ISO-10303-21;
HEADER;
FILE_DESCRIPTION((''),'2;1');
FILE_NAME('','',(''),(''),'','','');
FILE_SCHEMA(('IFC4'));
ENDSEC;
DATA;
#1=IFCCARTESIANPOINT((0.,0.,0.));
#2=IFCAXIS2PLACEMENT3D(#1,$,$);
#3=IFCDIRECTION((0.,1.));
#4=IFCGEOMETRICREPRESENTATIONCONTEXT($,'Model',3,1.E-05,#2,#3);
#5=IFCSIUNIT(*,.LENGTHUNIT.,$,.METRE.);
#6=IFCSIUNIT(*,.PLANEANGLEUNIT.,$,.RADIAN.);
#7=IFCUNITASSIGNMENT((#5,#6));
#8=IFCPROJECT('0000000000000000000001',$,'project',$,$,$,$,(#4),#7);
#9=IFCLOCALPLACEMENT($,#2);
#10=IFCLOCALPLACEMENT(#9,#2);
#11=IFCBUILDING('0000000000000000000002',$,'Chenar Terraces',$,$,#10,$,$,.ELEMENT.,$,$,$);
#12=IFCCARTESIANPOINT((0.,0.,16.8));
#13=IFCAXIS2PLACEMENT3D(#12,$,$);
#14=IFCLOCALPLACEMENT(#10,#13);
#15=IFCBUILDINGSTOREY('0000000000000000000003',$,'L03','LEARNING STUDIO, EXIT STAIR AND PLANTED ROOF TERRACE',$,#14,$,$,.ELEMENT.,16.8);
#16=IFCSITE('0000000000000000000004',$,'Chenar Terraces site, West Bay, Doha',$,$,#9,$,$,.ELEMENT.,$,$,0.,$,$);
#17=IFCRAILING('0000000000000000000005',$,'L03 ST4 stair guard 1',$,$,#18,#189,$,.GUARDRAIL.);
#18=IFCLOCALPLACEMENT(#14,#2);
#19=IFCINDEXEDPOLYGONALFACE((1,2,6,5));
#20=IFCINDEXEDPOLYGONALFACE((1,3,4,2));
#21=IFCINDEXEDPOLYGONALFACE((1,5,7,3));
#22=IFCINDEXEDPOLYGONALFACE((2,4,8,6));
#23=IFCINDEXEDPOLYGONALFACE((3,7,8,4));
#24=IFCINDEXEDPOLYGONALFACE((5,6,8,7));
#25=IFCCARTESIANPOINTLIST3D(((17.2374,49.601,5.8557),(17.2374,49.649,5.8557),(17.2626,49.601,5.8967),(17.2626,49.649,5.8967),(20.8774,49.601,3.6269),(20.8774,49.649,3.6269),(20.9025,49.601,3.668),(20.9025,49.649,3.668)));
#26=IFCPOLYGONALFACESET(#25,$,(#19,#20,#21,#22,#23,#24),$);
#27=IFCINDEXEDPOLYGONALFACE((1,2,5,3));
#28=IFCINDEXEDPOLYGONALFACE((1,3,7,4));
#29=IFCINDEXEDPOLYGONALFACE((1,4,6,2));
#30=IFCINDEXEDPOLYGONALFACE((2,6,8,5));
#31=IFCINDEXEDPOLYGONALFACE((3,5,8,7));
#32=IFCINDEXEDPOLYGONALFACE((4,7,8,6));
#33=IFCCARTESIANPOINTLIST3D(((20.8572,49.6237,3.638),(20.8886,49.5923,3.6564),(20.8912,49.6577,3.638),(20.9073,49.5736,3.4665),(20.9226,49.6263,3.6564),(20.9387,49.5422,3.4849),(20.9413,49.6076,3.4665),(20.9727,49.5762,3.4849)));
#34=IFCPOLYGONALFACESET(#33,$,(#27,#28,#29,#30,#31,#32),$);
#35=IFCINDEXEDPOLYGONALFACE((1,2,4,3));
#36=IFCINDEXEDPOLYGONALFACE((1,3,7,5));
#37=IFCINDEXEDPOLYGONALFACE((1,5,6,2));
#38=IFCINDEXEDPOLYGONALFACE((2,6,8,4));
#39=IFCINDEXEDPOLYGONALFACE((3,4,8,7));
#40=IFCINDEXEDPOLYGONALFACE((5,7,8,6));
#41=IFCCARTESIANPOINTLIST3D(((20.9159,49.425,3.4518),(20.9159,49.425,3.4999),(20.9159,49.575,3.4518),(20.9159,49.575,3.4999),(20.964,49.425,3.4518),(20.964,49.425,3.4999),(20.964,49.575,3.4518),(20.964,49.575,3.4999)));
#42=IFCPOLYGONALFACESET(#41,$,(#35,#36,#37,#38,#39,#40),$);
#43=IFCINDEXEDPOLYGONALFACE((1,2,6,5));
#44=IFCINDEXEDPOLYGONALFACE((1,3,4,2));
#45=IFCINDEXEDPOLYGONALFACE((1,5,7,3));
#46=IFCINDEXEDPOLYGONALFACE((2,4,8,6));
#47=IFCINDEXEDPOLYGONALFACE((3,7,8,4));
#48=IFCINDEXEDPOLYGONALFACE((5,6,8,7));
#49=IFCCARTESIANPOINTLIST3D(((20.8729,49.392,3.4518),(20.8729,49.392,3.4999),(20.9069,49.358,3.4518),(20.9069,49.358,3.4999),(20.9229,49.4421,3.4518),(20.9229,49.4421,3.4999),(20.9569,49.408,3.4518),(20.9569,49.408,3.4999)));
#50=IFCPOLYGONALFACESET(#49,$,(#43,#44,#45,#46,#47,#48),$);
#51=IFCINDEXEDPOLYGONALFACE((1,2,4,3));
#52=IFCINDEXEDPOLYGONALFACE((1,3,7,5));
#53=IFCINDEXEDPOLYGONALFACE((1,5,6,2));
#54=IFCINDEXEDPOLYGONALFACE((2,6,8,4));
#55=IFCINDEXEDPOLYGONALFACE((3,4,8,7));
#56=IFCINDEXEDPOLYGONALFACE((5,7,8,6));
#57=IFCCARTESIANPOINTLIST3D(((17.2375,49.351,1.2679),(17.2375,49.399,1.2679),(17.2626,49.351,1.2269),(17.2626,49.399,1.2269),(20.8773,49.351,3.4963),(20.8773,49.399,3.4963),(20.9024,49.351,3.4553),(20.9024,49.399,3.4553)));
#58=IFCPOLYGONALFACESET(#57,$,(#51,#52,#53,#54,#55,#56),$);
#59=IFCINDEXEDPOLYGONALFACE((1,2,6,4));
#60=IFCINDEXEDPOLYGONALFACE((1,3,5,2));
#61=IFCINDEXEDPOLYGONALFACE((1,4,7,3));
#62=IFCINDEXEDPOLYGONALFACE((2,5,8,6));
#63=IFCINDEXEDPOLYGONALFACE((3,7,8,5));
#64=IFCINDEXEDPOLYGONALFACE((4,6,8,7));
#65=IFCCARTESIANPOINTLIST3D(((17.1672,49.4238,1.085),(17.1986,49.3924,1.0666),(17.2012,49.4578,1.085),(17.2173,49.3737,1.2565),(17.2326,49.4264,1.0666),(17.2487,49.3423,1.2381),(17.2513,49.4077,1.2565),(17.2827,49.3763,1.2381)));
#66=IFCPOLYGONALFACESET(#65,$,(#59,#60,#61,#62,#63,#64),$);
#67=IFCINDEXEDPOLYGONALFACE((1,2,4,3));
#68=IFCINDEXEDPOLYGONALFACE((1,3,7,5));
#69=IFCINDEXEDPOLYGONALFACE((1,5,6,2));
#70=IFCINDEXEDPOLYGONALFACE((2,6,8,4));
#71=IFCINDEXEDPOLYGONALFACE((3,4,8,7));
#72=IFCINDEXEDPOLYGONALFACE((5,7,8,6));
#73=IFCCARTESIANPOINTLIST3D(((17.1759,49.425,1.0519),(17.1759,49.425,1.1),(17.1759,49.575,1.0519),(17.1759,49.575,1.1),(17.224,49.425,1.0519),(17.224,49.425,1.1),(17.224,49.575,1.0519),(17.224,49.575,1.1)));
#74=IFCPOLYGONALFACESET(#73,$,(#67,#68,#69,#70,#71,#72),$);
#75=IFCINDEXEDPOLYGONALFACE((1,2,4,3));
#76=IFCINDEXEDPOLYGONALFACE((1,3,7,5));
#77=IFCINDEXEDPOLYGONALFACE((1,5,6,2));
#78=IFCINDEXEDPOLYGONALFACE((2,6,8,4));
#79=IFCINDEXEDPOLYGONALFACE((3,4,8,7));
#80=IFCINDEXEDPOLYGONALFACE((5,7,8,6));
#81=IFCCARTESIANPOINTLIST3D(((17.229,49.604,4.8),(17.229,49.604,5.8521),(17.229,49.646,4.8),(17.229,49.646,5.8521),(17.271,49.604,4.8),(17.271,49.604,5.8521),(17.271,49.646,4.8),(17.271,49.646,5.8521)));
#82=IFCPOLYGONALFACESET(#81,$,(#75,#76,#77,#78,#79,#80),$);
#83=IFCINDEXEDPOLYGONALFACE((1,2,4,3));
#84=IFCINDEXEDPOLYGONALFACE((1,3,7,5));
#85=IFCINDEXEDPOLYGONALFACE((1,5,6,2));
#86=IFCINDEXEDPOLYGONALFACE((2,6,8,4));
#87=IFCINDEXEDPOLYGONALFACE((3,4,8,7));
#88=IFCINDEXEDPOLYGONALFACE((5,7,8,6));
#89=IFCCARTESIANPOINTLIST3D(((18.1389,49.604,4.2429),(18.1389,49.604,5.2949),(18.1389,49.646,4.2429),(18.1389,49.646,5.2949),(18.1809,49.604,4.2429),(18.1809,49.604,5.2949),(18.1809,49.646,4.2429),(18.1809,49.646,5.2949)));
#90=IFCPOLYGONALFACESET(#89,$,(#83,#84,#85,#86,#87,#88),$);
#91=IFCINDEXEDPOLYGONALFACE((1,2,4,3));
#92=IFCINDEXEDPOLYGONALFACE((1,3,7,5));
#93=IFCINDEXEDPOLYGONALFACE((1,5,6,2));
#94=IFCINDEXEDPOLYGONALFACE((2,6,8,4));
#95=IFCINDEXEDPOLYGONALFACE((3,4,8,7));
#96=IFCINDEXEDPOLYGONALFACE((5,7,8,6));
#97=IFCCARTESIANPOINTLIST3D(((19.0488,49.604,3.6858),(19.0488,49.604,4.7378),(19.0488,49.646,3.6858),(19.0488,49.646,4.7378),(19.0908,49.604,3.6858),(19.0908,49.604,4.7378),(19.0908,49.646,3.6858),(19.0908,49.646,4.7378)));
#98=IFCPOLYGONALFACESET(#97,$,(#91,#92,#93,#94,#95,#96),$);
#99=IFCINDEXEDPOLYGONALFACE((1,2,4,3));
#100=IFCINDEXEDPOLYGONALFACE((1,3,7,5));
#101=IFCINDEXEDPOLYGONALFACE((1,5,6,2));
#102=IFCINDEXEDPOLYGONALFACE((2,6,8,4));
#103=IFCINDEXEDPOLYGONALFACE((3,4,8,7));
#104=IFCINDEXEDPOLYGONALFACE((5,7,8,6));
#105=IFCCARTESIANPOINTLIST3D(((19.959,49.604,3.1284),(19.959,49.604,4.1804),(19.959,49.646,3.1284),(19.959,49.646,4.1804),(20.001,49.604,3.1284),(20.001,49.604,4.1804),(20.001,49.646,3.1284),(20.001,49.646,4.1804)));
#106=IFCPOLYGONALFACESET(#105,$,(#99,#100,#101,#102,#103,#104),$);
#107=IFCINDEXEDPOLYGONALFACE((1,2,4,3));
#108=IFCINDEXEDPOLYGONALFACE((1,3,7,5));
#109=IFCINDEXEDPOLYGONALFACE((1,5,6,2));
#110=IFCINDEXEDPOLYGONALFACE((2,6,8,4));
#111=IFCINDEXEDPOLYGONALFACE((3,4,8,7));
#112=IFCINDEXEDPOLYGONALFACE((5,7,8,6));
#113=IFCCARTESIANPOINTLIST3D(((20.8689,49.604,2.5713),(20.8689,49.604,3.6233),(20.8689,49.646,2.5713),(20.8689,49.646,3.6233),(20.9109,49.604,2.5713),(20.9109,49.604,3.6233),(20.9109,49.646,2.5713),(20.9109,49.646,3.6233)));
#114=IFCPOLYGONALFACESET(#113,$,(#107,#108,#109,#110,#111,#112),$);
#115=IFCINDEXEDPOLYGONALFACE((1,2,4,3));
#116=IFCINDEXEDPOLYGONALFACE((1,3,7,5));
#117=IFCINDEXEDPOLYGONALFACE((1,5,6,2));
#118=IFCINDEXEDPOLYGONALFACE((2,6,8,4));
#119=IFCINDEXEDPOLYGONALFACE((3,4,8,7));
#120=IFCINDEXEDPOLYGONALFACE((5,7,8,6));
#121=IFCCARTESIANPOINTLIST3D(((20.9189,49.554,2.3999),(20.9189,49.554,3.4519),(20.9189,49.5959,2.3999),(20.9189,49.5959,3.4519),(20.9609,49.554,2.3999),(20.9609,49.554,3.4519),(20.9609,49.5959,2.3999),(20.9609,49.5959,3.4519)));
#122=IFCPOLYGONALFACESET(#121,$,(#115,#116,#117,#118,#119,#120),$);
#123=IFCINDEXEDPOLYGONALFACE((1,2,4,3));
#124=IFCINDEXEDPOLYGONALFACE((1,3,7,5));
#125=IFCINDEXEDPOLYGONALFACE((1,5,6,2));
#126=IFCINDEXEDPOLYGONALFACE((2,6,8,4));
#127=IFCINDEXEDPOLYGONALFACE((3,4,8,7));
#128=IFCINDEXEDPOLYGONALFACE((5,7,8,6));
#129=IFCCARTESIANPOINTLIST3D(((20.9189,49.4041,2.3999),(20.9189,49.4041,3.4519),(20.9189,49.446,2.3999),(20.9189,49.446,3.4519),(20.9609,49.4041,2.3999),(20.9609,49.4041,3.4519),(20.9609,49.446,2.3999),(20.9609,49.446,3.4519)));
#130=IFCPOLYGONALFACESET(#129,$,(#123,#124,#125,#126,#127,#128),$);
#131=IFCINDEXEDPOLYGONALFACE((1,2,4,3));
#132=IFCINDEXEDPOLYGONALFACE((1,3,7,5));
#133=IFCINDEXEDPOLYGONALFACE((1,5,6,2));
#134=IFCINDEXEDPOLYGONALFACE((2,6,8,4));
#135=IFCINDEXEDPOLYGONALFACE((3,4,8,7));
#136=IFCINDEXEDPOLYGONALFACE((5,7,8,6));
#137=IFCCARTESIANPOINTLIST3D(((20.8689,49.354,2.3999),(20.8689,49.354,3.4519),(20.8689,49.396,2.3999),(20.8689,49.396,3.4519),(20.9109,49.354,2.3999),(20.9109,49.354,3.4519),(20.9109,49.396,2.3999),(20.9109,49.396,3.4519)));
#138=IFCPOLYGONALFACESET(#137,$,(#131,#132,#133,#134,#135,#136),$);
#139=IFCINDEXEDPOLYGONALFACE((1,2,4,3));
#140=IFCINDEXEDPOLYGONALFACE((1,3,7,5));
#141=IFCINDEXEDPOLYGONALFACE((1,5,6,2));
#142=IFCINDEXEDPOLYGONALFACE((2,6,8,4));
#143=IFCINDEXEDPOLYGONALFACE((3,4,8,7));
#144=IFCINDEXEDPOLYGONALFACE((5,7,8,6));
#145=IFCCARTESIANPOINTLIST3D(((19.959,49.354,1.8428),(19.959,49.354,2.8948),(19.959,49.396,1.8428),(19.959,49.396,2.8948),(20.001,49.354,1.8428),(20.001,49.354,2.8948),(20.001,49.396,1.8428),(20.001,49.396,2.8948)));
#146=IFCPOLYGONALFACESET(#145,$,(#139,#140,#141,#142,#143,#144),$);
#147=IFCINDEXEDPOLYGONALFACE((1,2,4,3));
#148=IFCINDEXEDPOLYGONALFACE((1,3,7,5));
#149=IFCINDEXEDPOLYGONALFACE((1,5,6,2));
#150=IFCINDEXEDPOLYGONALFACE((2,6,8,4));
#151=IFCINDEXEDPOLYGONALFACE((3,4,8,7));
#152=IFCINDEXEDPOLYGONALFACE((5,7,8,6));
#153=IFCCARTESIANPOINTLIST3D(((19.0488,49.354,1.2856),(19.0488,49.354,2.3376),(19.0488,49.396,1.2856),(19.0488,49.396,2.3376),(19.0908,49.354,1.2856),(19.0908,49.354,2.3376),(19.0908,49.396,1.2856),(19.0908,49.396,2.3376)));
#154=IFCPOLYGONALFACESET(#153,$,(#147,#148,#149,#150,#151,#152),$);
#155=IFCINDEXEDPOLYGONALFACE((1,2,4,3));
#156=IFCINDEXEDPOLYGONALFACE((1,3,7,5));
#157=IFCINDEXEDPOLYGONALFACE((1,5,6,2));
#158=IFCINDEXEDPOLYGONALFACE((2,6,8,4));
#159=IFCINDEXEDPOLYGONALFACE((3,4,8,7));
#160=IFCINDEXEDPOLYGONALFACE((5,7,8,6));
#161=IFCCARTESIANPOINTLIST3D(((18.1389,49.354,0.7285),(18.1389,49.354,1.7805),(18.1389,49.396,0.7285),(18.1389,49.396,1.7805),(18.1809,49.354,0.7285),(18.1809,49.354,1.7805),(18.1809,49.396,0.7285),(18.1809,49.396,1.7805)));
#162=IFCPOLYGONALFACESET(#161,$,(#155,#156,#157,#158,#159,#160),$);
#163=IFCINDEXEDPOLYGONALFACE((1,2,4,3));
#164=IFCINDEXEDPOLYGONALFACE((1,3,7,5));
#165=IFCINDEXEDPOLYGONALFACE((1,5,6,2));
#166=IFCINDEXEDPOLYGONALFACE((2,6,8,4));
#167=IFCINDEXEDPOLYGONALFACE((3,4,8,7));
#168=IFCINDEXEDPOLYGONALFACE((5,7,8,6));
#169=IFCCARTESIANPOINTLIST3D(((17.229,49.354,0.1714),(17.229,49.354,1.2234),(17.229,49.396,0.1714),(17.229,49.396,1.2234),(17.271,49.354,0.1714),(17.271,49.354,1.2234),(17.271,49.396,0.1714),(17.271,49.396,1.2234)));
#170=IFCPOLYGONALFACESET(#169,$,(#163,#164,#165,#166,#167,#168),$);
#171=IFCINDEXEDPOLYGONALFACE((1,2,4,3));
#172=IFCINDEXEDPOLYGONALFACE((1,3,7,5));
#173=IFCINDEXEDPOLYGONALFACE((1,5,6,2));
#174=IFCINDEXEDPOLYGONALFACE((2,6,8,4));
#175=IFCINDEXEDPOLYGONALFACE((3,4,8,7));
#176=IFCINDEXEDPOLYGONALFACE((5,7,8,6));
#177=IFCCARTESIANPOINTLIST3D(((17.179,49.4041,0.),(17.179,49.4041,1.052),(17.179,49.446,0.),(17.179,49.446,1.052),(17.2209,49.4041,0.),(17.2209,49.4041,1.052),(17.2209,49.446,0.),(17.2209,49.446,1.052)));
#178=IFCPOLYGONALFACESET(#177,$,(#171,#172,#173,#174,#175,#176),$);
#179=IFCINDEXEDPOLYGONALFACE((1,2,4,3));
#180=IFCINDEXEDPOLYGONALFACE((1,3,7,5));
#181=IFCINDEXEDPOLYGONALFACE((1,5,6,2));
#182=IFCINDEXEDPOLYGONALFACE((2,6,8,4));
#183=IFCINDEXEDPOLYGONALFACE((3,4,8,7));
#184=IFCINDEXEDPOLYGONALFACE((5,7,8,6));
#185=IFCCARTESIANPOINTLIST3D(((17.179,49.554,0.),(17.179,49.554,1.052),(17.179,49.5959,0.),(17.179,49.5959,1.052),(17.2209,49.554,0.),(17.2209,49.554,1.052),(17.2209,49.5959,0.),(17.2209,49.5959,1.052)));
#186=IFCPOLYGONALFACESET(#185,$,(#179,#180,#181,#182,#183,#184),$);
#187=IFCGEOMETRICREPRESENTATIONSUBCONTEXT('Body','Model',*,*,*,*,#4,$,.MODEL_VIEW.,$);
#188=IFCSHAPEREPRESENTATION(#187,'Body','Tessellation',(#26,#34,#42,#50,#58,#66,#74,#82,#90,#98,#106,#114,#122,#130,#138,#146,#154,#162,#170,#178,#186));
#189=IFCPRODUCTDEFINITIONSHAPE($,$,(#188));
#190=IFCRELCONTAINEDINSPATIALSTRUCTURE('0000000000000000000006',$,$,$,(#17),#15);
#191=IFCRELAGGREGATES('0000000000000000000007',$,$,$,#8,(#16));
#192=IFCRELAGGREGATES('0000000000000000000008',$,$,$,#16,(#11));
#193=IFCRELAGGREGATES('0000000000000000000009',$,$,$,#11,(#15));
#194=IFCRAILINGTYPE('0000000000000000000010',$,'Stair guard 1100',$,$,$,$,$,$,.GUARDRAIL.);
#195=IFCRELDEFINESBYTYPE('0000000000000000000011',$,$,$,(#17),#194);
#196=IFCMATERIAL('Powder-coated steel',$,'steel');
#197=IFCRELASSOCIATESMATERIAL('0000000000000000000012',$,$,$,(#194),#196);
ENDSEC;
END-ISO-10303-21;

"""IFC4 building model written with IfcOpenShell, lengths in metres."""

from ifc_helpers import new_model, si_unit, direction, frame, origin, origin_2d, place, context, subcontext, project, spatial, rectangle, extrude, material, type_object, element, save


model = new_model("IFC4")

# Units and contexts
model_context = context("Model", 3, precision=1e-05, world=origin(), true_north=direction((0.0, 1.0)))
body_context = subcontext(model_context, "Body", "Model", "MODEL_VIEW")
ifc_project = project(units=[si_unit("LENGTHUNIT", "METRE"), si_unit("PLANEANGLEUNIT", "RADIAN")], contexts=[model_context])

# Site, building, storey
site_placement = place(None, origin())
site = spatial("IfcSite", under=ifc_project, at=site_placement, Name="Chenar Terraces site, West Bay, Doha", CompositionType="ELEMENT", RefElevation=0.0)
building_placement = place(site_placement, origin())
building = spatial("IfcBuilding", under=site, at=building_placement, Name="Chenar Terraces", CompositionType="ELEMENT")
storey_placement = place(building_placement, frame((0.0, 0.0, 16.8)))
storey = spatial("IfcBuildingStorey", under=building, at=storey_placement, Name="L03", Description="LEARNING STUDIO, EXIT STAIR AND PLANTED ROOF TERRACE", CompositionType="ELEMENT", Elevation=16.8)

# Railing
ifc_material_1 = material(Name="Powder-coated steel", Category="steel")
railing_type_1 = type_object("IfcRailingType", Name="Stair guard 1100", PredefinedType="GUARDRAIL", material=ifc_material_1)
railing_1_placement = place(storey_placement, frame((17.25, 49.625, 4.8)))
element("IfcRailing", 1, at=railing_1_placement, inside=storey, type_object=railing_type_1, Name="L03 ST4 stair guard 1", PredefinedType="GUARDRAIL", context=body_context, shape_type="SweptSolid", body=[
    extrude(rectangle(XDim=0.0481, YDim=0.0481, at=origin_2d()), frame((0.0, 0.0, 1.0762), z_axis=(0.852825, 0.0, -0.522197), x_axis=(0.0, 1.0, 0.0)), (0.0, 0.0, 1.0), 4.2681),
    extrude(rectangle(XDim=0.0481, YDim=0.0481, at=origin_2d()), frame((3.6399, 0.0, -1.1528), z_axis=(0.269911, -0.269911, -0.924281), x_axis=(0.707107, 0.707107, 0.0)), (0.0, 0.0, 1.0), 0.1855),
    extrude(rectangle(XDim=0.0481, YDim=0.0481, at=origin_2d()), frame((3.6899, -0.05, -1.3242), z_axis=(0.0, -1.0, 0.0), x_axis=(1.0, 0.0, 0.0)), (0.0, 0.0, 1.0), 0.1499),
    extrude(rectangle(XDim=0.0481, YDim=0.0481, at=origin_2d()), frame((3.6899, -0.2, -1.3242), z_axis=(-0.707107, -0.707107, 0.0), x_axis=(0.707107, -0.707107, 0.0)), (0.0, 0.0, 1.0), 0.0708),
    extrude(rectangle(XDim=0.0481, YDim=0.0481, at=origin_2d()), frame((3.6399, -0.25, -1.3242), z_axis=(-0.85285, 0.0, -0.522156), x_axis=(0.0, -1.0, 0.0)), (0.0, 0.0, 1.0), 4.2678),
    extrude(rectangle(XDim=0.0481, YDim=0.0481, at=origin_2d()), frame((0.0, -0.25, -3.5527), z_axis=(-0.269911, 0.269911, -0.924281), x_axis=(-0.707107, -0.707107, 0.0)), (0.0, 0.0, 1.0), 0.1855),
    extrude(rectangle(XDim=0.0481, YDim=0.0481, at=origin_2d()), frame((-0.05, -0.2, -3.7241), z_axis=(0.0, 1.0, 0.0), x_axis=(-1.0, 0.0, 0.0)), (0.0, 0.0, 1.0), 0.1499),
    extrude(rectangle(XDim=0.042, YDim=0.042, at=origin_2d()), origin(), (0.0, 0.0, 1.0), 1.052),
    extrude(rectangle(XDim=0.042, YDim=0.042, at=origin_2d()), frame((0.9099, 0.0, -0.5571)), (0.0, 0.0, 1.0), 1.052),
    extrude(rectangle(XDim=0.042, YDim=0.042, at=origin_2d()), frame((1.8198, 0.0, -1.1143)), (0.0, 0.0, 1.0), 1.052),
    extrude(rectangle(XDim=0.042, YDim=0.042, at=origin_2d()), frame((2.73, 0.0, -1.6716)), (0.0, 0.0, 1.0), 1.052),
    extrude(rectangle(XDim=0.042, YDim=0.042, at=origin_2d()), frame((3.6399, 0.0, -2.2288)), (0.0, 0.0, 1.0), 1.052),
    extrude(rectangle(XDim=0.042, YDim=0.042, at=origin_2d()), frame((3.6899, -0.05, -2.4001)), (0.0, 0.0, 1.0), 1.052),
    extrude(rectangle(XDim=0.042, YDim=0.042, at=origin_2d()), frame((3.6899, -0.2, -2.4001)), (0.0, 0.0, 1.0), 1.052),
    extrude(rectangle(XDim=0.042, YDim=0.042, at=origin_2d()), frame((3.6399, -0.25, -2.4001)), (0.0, 0.0, 1.0), 1.052),
    extrude(rectangle(XDim=0.042, YDim=0.042, at=origin_2d()), frame((2.73, -0.25, -2.9573)), (0.0, 0.0, 1.0), 1.052),
    extrude(rectangle(XDim=0.042, YDim=0.042, at=origin_2d()), frame((1.8198, -0.25, -3.5144)), (0.0, 0.0, 1.0), 1.052),
    extrude(rectangle(XDim=0.042, YDim=0.042, at=origin_2d()), frame((0.9099, -0.25, -4.0715)), (0.0, 0.0, 1.0), 1.052),
    extrude(rectangle(XDim=0.042, YDim=0.042, at=origin_2d()), frame((0.0, -0.25, -4.6287)), (0.0, 0.0, 1.0), 1.052),
    extrude(rectangle(XDim=0.042, YDim=0.042, at=origin_2d()), frame((-0.05, -0.2, -4.8)), (0.0, 0.0, 1.0), 1.052),
    extrude(rectangle(XDim=0.042, YDim=0.042, at=origin_2d()), frame((-0.05, -0.05, -4.8)), (0.0, 0.0, 1.0), 1.052),
])

save(model, "model.ifc")
